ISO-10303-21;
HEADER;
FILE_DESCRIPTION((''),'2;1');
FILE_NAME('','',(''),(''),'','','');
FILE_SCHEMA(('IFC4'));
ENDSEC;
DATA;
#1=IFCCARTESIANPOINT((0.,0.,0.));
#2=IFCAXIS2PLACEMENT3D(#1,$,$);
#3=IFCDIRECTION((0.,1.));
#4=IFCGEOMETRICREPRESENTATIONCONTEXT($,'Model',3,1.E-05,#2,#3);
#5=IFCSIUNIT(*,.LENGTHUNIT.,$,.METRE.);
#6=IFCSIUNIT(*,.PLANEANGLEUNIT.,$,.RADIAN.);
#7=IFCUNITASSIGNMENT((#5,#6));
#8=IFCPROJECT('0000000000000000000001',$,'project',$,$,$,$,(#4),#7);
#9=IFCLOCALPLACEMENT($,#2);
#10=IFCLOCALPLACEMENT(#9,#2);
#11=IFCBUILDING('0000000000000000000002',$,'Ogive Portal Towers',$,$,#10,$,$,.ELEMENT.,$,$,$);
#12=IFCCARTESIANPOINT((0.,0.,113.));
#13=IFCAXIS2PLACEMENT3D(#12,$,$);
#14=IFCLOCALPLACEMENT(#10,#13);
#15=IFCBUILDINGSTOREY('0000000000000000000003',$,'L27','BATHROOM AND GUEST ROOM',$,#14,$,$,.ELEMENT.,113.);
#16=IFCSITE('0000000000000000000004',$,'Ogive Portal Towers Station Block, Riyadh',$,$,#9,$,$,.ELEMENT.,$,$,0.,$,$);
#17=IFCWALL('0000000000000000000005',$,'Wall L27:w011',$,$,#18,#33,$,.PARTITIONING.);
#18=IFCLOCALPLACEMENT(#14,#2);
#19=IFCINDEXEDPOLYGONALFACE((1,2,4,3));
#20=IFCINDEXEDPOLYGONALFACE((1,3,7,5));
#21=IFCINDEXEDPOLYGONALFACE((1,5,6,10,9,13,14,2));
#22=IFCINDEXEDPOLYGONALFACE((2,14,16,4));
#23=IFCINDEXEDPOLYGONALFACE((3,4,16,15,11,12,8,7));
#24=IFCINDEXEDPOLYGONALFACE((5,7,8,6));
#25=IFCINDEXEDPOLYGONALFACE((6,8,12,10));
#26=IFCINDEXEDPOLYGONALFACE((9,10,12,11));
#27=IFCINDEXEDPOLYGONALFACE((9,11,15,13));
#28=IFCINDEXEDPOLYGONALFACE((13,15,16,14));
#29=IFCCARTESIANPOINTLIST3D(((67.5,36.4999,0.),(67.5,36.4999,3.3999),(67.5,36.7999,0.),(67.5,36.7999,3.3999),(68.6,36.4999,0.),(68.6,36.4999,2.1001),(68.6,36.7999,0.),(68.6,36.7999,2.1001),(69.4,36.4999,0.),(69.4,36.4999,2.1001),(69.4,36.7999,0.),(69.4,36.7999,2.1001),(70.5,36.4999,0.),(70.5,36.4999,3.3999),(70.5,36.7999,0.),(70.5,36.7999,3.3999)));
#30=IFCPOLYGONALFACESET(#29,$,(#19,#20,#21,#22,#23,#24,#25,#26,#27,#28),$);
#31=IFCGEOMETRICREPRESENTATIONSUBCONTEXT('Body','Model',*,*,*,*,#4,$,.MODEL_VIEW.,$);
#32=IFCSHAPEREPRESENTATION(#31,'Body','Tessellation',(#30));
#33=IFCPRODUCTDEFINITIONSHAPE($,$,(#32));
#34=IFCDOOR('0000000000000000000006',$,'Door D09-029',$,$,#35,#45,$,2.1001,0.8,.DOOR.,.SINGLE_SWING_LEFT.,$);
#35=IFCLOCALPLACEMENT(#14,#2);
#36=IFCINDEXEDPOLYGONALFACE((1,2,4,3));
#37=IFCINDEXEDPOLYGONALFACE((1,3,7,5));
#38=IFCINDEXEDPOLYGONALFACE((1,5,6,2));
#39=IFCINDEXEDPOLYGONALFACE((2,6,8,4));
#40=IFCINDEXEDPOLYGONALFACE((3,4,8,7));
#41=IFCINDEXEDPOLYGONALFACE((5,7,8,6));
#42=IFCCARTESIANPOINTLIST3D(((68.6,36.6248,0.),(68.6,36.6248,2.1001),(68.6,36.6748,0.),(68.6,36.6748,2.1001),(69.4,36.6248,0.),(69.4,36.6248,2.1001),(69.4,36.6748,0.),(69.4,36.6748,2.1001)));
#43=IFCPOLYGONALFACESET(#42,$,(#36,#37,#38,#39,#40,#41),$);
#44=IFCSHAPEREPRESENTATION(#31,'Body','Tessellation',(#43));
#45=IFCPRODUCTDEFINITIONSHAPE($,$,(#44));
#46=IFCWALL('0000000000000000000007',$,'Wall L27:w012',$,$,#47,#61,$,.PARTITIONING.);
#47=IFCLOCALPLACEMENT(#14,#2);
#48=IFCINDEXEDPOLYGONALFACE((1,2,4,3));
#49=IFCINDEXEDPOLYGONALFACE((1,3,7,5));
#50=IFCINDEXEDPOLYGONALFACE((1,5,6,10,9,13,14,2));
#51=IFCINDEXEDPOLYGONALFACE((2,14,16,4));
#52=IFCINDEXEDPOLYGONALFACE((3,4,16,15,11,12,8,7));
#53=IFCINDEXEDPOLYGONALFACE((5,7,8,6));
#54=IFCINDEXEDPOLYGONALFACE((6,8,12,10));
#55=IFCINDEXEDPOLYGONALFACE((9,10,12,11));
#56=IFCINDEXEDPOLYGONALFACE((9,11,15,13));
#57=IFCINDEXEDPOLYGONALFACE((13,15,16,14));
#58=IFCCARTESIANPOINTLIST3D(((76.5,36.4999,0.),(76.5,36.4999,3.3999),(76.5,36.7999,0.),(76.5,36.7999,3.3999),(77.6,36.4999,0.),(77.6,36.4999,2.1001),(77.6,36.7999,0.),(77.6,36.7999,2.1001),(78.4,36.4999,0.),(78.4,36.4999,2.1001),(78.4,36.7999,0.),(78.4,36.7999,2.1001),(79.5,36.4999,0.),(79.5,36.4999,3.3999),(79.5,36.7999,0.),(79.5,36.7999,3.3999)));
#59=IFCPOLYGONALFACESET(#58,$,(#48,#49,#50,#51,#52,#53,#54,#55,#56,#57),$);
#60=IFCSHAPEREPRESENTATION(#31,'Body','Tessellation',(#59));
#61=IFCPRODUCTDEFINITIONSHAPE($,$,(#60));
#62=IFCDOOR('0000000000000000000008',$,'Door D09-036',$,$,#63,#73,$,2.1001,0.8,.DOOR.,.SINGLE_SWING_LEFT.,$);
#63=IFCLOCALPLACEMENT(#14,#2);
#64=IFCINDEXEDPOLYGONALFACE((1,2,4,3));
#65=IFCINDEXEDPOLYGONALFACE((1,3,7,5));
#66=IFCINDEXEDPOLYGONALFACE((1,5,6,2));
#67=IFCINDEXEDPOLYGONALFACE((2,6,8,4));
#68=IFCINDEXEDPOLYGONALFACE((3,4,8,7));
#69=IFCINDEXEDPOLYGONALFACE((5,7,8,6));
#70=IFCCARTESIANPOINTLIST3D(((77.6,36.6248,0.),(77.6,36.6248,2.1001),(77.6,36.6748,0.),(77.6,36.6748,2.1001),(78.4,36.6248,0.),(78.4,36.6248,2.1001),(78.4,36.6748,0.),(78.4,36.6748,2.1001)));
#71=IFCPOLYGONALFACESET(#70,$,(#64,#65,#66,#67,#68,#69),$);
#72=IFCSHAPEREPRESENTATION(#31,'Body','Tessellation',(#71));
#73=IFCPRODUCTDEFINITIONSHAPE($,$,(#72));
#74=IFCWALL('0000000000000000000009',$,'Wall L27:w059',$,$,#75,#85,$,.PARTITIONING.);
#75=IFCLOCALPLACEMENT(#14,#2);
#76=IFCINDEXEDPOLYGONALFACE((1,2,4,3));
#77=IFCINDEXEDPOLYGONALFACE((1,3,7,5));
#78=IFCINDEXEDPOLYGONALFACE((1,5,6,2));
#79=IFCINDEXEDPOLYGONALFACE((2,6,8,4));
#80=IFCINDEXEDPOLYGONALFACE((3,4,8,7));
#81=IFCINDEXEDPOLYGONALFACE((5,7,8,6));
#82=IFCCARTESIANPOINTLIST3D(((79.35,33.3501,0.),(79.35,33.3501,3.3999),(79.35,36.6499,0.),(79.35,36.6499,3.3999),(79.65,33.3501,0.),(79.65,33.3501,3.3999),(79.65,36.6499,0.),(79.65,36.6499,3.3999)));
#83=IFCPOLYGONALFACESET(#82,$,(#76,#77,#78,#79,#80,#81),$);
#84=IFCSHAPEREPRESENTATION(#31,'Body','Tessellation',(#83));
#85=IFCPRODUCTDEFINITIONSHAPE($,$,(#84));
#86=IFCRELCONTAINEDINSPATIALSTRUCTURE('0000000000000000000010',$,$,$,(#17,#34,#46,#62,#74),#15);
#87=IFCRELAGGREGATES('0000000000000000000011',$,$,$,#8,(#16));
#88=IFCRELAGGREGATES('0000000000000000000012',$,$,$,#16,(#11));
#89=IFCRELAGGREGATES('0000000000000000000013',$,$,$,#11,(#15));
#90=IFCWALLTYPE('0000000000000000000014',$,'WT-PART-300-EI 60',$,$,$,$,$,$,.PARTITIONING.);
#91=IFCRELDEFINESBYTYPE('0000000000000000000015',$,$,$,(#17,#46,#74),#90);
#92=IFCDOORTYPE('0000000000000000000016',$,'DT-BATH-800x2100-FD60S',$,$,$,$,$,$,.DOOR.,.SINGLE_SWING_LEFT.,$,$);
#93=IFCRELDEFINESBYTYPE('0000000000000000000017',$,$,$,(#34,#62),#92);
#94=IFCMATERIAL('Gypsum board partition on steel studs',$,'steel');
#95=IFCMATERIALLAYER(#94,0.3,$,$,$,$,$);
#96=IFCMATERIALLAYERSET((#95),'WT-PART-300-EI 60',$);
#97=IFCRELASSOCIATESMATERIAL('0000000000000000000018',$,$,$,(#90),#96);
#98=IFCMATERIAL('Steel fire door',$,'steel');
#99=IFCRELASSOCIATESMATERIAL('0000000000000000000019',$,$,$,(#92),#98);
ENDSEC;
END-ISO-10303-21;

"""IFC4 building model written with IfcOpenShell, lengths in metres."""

from ifc_helpers import new_model, si_unit, direction, frame, frame_2d, origin, place, context, subcontext, project, spatial, rectangle, extrude, material, layer, layer_set, type_object, element, fill, save


model = new_model("IFC4")

# Units and contexts
model_context = context("Model", 3, precision=1e-05, world=origin(), true_north=direction((0.0, 1.0)))
body_context = subcontext(model_context, "Body", "Model", "MODEL_VIEW")
ifc_project = project(units=[si_unit("LENGTHUNIT", "METRE"), si_unit("PLANEANGLEUNIT", "RADIAN")], contexts=[model_context])

# Site, building, storey
site_placement = place(None, origin())
site = spatial("IfcSite", under=ifc_project, at=site_placement, Name="Ogive Portal Towers Station Block, Riyadh", CompositionType="ELEMENT", RefElevation=0.0)
building_placement = place(site_placement, origin())
building = spatial("IfcBuilding", under=site, at=building_placement, Name="Ogive Portal Towers", CompositionType="ELEMENT")
storey_placement = place(building_placement, frame((0.0, 0.0, 113.0)))
storey = spatial("IfcBuildingStorey", under=building, at=storey_placement, Name="L27", Description="BATHROOM AND GUEST ROOM", CompositionType="ELEMENT", Elevation=113.0)

# Walls, openings, doors
ifc_material_1 = material(Name="Gypsum board partition on steel studs", Category="steel")
ifc_layer_1 = layer(ifc_material_1, 0.3)
ifc_layer_set_1 = layer_set([ifc_layer_1], Name="WT-PART-300-EI 60")
wall_type = type_object("IfcWallType", Name="WT-PART-300-EI 60", PredefinedType="PARTITIONING", material=ifc_layer_set_1)
ifc_material_2 = material(Name="Steel fire door", Category="steel")
door_type = type_object("IfcDoorType", Name="DT-BATH-800x2100-FD60S", OperationType="SINGLE_SWING_LEFT", PredefinedType="DOOR", material=ifc_material_2)
wall_1_placement = place(storey_placement, frame((67.5, 36.6499, 0.0), z_axis=(0.0, 0.0, 1.0), x_axis=(1.0, 0.0, 0.0)))
wall_1 = element("IfcWall", 1, at=wall_1_placement, inside=storey, type_object=wall_type, Name="Wall L27:w011", PredefinedType="PARTITIONING", context=body_context, shape_type="SweptSolid", body=[
    extrude(rectangle(XDim=3.0, YDim=0.3, at=frame_2d((1.5, 0.0))), origin(), (0.0, 0.0, 1.0), 3.3999),
])
opening_1_placement = place(wall_1_placement, frame((1.1001, 0.0, 0.0)))
opening_1 = element("IfcOpeningElement", 2, at=opening_1_placement, cuts=wall_1, PredefinedType="OPENING", context=body_context, shape_type="SweptSolid", body=[
    extrude(rectangle(XDim=0.8, YDim=2.1001, at=frame_2d((0.3999, 1.05))), frame((0.0, 0.1602, 0.0), z_axis=(0.0, -1.0, 0.0), x_axis=(1.0, 0.0, 0.0)), (0.0, 0.0, 1.0), 0.3201),
])
door_1_placement = place(opening_1_placement, origin())
door_1 = element("IfcDoor", 3, at=door_1_placement, inside=storey, type_object=door_type, Name="Door D09-029", OperationType="SINGLE_SWING_LEFT", OverallHeight=2.1001, OverallWidth=0.8, PredefinedType="DOOR", context=body_context, shape_type="SweptSolid", body=[
    extrude(rectangle(XDim=0.8, YDim=2.1001, at=frame_2d((0.3999, 1.05))), frame((0.0, 0.0249, 0.0), z_axis=(0.0, -1.0, 0.0), x_axis=(1.0, 0.0, 0.0)), (0.0, 0.0, 1.0), 0.05),
])
fill(opening_1, door_1)
wall_2_placement = place(storey_placement, frame((76.5, 36.6499, 0.0), z_axis=(0.0, 0.0, 1.0), x_axis=(1.0, 0.0, 0.0)))
wall_2 = element("IfcWall", 4, at=wall_2_placement, inside=storey, type_object=wall_type, Name="Wall L27:w012", PredefinedType="PARTITIONING", context=body_context, shape_type="SweptSolid", body=[
    extrude(rectangle(XDim=3.0, YDim=0.3, at=frame_2d((1.5, 0.0))), origin(), (0.0, 0.0, 1.0), 3.3999),
])
opening_2_placement = place(wall_2_placement, frame((1.1001, 0.0, 0.0)))
opening_2 = element("IfcOpeningElement", 5, at=opening_2_placement, cuts=wall_2, PredefinedType="OPENING", context=body_context, shape_type="SweptSolid", body=[
    extrude(rectangle(XDim=0.8, YDim=2.1001, at=frame_2d((0.3999, 1.05))), frame((0.0, 0.1602, 0.0), z_axis=(0.0, -1.0, 0.0), x_axis=(1.0, 0.0, 0.0)), (0.0, 0.0, 1.0), 0.3201),
])
door_2_placement = place(opening_2_placement, origin())
door_2 = element("IfcDoor", 6, at=door_2_placement, inside=storey, type_object=door_type, Name="Door D09-036", OperationType="SINGLE_SWING_LEFT", OverallHeight=2.1001, OverallWidth=0.8, PredefinedType="DOOR", context=body_context, shape_type="SweptSolid", body=[
    extrude(rectangle(XDim=0.8, YDim=2.1001, at=frame_2d((0.3999, 1.05))), frame((0.0, 0.0249, 0.0), z_axis=(0.0, -1.0, 0.0), x_axis=(1.0, 0.0, 0.0)), (0.0, 0.0, 1.0), 0.05),
])
fill(opening_2, door_2)

# Wall
wall_3_placement = place(storey_placement, frame((79.5, 33.3501, 0.0), z_axis=(0.0, 0.0, 1.0), x_axis=(0.0, 1.0, 0.0)))
element("IfcWall", 7, at=wall_3_placement, inside=storey, type_object=wall_type, Name="Wall L27:w059", PredefinedType="PARTITIONING", context=body_context, shape_type="SweptSolid", body=[
    extrude(rectangle(XDim=3.2998, YDim=0.3, at=frame_2d((1.6499, 0.0))), origin(), (0.0, 0.0, 1.0), 3.3999),
])

save(model, "model.ifc")
